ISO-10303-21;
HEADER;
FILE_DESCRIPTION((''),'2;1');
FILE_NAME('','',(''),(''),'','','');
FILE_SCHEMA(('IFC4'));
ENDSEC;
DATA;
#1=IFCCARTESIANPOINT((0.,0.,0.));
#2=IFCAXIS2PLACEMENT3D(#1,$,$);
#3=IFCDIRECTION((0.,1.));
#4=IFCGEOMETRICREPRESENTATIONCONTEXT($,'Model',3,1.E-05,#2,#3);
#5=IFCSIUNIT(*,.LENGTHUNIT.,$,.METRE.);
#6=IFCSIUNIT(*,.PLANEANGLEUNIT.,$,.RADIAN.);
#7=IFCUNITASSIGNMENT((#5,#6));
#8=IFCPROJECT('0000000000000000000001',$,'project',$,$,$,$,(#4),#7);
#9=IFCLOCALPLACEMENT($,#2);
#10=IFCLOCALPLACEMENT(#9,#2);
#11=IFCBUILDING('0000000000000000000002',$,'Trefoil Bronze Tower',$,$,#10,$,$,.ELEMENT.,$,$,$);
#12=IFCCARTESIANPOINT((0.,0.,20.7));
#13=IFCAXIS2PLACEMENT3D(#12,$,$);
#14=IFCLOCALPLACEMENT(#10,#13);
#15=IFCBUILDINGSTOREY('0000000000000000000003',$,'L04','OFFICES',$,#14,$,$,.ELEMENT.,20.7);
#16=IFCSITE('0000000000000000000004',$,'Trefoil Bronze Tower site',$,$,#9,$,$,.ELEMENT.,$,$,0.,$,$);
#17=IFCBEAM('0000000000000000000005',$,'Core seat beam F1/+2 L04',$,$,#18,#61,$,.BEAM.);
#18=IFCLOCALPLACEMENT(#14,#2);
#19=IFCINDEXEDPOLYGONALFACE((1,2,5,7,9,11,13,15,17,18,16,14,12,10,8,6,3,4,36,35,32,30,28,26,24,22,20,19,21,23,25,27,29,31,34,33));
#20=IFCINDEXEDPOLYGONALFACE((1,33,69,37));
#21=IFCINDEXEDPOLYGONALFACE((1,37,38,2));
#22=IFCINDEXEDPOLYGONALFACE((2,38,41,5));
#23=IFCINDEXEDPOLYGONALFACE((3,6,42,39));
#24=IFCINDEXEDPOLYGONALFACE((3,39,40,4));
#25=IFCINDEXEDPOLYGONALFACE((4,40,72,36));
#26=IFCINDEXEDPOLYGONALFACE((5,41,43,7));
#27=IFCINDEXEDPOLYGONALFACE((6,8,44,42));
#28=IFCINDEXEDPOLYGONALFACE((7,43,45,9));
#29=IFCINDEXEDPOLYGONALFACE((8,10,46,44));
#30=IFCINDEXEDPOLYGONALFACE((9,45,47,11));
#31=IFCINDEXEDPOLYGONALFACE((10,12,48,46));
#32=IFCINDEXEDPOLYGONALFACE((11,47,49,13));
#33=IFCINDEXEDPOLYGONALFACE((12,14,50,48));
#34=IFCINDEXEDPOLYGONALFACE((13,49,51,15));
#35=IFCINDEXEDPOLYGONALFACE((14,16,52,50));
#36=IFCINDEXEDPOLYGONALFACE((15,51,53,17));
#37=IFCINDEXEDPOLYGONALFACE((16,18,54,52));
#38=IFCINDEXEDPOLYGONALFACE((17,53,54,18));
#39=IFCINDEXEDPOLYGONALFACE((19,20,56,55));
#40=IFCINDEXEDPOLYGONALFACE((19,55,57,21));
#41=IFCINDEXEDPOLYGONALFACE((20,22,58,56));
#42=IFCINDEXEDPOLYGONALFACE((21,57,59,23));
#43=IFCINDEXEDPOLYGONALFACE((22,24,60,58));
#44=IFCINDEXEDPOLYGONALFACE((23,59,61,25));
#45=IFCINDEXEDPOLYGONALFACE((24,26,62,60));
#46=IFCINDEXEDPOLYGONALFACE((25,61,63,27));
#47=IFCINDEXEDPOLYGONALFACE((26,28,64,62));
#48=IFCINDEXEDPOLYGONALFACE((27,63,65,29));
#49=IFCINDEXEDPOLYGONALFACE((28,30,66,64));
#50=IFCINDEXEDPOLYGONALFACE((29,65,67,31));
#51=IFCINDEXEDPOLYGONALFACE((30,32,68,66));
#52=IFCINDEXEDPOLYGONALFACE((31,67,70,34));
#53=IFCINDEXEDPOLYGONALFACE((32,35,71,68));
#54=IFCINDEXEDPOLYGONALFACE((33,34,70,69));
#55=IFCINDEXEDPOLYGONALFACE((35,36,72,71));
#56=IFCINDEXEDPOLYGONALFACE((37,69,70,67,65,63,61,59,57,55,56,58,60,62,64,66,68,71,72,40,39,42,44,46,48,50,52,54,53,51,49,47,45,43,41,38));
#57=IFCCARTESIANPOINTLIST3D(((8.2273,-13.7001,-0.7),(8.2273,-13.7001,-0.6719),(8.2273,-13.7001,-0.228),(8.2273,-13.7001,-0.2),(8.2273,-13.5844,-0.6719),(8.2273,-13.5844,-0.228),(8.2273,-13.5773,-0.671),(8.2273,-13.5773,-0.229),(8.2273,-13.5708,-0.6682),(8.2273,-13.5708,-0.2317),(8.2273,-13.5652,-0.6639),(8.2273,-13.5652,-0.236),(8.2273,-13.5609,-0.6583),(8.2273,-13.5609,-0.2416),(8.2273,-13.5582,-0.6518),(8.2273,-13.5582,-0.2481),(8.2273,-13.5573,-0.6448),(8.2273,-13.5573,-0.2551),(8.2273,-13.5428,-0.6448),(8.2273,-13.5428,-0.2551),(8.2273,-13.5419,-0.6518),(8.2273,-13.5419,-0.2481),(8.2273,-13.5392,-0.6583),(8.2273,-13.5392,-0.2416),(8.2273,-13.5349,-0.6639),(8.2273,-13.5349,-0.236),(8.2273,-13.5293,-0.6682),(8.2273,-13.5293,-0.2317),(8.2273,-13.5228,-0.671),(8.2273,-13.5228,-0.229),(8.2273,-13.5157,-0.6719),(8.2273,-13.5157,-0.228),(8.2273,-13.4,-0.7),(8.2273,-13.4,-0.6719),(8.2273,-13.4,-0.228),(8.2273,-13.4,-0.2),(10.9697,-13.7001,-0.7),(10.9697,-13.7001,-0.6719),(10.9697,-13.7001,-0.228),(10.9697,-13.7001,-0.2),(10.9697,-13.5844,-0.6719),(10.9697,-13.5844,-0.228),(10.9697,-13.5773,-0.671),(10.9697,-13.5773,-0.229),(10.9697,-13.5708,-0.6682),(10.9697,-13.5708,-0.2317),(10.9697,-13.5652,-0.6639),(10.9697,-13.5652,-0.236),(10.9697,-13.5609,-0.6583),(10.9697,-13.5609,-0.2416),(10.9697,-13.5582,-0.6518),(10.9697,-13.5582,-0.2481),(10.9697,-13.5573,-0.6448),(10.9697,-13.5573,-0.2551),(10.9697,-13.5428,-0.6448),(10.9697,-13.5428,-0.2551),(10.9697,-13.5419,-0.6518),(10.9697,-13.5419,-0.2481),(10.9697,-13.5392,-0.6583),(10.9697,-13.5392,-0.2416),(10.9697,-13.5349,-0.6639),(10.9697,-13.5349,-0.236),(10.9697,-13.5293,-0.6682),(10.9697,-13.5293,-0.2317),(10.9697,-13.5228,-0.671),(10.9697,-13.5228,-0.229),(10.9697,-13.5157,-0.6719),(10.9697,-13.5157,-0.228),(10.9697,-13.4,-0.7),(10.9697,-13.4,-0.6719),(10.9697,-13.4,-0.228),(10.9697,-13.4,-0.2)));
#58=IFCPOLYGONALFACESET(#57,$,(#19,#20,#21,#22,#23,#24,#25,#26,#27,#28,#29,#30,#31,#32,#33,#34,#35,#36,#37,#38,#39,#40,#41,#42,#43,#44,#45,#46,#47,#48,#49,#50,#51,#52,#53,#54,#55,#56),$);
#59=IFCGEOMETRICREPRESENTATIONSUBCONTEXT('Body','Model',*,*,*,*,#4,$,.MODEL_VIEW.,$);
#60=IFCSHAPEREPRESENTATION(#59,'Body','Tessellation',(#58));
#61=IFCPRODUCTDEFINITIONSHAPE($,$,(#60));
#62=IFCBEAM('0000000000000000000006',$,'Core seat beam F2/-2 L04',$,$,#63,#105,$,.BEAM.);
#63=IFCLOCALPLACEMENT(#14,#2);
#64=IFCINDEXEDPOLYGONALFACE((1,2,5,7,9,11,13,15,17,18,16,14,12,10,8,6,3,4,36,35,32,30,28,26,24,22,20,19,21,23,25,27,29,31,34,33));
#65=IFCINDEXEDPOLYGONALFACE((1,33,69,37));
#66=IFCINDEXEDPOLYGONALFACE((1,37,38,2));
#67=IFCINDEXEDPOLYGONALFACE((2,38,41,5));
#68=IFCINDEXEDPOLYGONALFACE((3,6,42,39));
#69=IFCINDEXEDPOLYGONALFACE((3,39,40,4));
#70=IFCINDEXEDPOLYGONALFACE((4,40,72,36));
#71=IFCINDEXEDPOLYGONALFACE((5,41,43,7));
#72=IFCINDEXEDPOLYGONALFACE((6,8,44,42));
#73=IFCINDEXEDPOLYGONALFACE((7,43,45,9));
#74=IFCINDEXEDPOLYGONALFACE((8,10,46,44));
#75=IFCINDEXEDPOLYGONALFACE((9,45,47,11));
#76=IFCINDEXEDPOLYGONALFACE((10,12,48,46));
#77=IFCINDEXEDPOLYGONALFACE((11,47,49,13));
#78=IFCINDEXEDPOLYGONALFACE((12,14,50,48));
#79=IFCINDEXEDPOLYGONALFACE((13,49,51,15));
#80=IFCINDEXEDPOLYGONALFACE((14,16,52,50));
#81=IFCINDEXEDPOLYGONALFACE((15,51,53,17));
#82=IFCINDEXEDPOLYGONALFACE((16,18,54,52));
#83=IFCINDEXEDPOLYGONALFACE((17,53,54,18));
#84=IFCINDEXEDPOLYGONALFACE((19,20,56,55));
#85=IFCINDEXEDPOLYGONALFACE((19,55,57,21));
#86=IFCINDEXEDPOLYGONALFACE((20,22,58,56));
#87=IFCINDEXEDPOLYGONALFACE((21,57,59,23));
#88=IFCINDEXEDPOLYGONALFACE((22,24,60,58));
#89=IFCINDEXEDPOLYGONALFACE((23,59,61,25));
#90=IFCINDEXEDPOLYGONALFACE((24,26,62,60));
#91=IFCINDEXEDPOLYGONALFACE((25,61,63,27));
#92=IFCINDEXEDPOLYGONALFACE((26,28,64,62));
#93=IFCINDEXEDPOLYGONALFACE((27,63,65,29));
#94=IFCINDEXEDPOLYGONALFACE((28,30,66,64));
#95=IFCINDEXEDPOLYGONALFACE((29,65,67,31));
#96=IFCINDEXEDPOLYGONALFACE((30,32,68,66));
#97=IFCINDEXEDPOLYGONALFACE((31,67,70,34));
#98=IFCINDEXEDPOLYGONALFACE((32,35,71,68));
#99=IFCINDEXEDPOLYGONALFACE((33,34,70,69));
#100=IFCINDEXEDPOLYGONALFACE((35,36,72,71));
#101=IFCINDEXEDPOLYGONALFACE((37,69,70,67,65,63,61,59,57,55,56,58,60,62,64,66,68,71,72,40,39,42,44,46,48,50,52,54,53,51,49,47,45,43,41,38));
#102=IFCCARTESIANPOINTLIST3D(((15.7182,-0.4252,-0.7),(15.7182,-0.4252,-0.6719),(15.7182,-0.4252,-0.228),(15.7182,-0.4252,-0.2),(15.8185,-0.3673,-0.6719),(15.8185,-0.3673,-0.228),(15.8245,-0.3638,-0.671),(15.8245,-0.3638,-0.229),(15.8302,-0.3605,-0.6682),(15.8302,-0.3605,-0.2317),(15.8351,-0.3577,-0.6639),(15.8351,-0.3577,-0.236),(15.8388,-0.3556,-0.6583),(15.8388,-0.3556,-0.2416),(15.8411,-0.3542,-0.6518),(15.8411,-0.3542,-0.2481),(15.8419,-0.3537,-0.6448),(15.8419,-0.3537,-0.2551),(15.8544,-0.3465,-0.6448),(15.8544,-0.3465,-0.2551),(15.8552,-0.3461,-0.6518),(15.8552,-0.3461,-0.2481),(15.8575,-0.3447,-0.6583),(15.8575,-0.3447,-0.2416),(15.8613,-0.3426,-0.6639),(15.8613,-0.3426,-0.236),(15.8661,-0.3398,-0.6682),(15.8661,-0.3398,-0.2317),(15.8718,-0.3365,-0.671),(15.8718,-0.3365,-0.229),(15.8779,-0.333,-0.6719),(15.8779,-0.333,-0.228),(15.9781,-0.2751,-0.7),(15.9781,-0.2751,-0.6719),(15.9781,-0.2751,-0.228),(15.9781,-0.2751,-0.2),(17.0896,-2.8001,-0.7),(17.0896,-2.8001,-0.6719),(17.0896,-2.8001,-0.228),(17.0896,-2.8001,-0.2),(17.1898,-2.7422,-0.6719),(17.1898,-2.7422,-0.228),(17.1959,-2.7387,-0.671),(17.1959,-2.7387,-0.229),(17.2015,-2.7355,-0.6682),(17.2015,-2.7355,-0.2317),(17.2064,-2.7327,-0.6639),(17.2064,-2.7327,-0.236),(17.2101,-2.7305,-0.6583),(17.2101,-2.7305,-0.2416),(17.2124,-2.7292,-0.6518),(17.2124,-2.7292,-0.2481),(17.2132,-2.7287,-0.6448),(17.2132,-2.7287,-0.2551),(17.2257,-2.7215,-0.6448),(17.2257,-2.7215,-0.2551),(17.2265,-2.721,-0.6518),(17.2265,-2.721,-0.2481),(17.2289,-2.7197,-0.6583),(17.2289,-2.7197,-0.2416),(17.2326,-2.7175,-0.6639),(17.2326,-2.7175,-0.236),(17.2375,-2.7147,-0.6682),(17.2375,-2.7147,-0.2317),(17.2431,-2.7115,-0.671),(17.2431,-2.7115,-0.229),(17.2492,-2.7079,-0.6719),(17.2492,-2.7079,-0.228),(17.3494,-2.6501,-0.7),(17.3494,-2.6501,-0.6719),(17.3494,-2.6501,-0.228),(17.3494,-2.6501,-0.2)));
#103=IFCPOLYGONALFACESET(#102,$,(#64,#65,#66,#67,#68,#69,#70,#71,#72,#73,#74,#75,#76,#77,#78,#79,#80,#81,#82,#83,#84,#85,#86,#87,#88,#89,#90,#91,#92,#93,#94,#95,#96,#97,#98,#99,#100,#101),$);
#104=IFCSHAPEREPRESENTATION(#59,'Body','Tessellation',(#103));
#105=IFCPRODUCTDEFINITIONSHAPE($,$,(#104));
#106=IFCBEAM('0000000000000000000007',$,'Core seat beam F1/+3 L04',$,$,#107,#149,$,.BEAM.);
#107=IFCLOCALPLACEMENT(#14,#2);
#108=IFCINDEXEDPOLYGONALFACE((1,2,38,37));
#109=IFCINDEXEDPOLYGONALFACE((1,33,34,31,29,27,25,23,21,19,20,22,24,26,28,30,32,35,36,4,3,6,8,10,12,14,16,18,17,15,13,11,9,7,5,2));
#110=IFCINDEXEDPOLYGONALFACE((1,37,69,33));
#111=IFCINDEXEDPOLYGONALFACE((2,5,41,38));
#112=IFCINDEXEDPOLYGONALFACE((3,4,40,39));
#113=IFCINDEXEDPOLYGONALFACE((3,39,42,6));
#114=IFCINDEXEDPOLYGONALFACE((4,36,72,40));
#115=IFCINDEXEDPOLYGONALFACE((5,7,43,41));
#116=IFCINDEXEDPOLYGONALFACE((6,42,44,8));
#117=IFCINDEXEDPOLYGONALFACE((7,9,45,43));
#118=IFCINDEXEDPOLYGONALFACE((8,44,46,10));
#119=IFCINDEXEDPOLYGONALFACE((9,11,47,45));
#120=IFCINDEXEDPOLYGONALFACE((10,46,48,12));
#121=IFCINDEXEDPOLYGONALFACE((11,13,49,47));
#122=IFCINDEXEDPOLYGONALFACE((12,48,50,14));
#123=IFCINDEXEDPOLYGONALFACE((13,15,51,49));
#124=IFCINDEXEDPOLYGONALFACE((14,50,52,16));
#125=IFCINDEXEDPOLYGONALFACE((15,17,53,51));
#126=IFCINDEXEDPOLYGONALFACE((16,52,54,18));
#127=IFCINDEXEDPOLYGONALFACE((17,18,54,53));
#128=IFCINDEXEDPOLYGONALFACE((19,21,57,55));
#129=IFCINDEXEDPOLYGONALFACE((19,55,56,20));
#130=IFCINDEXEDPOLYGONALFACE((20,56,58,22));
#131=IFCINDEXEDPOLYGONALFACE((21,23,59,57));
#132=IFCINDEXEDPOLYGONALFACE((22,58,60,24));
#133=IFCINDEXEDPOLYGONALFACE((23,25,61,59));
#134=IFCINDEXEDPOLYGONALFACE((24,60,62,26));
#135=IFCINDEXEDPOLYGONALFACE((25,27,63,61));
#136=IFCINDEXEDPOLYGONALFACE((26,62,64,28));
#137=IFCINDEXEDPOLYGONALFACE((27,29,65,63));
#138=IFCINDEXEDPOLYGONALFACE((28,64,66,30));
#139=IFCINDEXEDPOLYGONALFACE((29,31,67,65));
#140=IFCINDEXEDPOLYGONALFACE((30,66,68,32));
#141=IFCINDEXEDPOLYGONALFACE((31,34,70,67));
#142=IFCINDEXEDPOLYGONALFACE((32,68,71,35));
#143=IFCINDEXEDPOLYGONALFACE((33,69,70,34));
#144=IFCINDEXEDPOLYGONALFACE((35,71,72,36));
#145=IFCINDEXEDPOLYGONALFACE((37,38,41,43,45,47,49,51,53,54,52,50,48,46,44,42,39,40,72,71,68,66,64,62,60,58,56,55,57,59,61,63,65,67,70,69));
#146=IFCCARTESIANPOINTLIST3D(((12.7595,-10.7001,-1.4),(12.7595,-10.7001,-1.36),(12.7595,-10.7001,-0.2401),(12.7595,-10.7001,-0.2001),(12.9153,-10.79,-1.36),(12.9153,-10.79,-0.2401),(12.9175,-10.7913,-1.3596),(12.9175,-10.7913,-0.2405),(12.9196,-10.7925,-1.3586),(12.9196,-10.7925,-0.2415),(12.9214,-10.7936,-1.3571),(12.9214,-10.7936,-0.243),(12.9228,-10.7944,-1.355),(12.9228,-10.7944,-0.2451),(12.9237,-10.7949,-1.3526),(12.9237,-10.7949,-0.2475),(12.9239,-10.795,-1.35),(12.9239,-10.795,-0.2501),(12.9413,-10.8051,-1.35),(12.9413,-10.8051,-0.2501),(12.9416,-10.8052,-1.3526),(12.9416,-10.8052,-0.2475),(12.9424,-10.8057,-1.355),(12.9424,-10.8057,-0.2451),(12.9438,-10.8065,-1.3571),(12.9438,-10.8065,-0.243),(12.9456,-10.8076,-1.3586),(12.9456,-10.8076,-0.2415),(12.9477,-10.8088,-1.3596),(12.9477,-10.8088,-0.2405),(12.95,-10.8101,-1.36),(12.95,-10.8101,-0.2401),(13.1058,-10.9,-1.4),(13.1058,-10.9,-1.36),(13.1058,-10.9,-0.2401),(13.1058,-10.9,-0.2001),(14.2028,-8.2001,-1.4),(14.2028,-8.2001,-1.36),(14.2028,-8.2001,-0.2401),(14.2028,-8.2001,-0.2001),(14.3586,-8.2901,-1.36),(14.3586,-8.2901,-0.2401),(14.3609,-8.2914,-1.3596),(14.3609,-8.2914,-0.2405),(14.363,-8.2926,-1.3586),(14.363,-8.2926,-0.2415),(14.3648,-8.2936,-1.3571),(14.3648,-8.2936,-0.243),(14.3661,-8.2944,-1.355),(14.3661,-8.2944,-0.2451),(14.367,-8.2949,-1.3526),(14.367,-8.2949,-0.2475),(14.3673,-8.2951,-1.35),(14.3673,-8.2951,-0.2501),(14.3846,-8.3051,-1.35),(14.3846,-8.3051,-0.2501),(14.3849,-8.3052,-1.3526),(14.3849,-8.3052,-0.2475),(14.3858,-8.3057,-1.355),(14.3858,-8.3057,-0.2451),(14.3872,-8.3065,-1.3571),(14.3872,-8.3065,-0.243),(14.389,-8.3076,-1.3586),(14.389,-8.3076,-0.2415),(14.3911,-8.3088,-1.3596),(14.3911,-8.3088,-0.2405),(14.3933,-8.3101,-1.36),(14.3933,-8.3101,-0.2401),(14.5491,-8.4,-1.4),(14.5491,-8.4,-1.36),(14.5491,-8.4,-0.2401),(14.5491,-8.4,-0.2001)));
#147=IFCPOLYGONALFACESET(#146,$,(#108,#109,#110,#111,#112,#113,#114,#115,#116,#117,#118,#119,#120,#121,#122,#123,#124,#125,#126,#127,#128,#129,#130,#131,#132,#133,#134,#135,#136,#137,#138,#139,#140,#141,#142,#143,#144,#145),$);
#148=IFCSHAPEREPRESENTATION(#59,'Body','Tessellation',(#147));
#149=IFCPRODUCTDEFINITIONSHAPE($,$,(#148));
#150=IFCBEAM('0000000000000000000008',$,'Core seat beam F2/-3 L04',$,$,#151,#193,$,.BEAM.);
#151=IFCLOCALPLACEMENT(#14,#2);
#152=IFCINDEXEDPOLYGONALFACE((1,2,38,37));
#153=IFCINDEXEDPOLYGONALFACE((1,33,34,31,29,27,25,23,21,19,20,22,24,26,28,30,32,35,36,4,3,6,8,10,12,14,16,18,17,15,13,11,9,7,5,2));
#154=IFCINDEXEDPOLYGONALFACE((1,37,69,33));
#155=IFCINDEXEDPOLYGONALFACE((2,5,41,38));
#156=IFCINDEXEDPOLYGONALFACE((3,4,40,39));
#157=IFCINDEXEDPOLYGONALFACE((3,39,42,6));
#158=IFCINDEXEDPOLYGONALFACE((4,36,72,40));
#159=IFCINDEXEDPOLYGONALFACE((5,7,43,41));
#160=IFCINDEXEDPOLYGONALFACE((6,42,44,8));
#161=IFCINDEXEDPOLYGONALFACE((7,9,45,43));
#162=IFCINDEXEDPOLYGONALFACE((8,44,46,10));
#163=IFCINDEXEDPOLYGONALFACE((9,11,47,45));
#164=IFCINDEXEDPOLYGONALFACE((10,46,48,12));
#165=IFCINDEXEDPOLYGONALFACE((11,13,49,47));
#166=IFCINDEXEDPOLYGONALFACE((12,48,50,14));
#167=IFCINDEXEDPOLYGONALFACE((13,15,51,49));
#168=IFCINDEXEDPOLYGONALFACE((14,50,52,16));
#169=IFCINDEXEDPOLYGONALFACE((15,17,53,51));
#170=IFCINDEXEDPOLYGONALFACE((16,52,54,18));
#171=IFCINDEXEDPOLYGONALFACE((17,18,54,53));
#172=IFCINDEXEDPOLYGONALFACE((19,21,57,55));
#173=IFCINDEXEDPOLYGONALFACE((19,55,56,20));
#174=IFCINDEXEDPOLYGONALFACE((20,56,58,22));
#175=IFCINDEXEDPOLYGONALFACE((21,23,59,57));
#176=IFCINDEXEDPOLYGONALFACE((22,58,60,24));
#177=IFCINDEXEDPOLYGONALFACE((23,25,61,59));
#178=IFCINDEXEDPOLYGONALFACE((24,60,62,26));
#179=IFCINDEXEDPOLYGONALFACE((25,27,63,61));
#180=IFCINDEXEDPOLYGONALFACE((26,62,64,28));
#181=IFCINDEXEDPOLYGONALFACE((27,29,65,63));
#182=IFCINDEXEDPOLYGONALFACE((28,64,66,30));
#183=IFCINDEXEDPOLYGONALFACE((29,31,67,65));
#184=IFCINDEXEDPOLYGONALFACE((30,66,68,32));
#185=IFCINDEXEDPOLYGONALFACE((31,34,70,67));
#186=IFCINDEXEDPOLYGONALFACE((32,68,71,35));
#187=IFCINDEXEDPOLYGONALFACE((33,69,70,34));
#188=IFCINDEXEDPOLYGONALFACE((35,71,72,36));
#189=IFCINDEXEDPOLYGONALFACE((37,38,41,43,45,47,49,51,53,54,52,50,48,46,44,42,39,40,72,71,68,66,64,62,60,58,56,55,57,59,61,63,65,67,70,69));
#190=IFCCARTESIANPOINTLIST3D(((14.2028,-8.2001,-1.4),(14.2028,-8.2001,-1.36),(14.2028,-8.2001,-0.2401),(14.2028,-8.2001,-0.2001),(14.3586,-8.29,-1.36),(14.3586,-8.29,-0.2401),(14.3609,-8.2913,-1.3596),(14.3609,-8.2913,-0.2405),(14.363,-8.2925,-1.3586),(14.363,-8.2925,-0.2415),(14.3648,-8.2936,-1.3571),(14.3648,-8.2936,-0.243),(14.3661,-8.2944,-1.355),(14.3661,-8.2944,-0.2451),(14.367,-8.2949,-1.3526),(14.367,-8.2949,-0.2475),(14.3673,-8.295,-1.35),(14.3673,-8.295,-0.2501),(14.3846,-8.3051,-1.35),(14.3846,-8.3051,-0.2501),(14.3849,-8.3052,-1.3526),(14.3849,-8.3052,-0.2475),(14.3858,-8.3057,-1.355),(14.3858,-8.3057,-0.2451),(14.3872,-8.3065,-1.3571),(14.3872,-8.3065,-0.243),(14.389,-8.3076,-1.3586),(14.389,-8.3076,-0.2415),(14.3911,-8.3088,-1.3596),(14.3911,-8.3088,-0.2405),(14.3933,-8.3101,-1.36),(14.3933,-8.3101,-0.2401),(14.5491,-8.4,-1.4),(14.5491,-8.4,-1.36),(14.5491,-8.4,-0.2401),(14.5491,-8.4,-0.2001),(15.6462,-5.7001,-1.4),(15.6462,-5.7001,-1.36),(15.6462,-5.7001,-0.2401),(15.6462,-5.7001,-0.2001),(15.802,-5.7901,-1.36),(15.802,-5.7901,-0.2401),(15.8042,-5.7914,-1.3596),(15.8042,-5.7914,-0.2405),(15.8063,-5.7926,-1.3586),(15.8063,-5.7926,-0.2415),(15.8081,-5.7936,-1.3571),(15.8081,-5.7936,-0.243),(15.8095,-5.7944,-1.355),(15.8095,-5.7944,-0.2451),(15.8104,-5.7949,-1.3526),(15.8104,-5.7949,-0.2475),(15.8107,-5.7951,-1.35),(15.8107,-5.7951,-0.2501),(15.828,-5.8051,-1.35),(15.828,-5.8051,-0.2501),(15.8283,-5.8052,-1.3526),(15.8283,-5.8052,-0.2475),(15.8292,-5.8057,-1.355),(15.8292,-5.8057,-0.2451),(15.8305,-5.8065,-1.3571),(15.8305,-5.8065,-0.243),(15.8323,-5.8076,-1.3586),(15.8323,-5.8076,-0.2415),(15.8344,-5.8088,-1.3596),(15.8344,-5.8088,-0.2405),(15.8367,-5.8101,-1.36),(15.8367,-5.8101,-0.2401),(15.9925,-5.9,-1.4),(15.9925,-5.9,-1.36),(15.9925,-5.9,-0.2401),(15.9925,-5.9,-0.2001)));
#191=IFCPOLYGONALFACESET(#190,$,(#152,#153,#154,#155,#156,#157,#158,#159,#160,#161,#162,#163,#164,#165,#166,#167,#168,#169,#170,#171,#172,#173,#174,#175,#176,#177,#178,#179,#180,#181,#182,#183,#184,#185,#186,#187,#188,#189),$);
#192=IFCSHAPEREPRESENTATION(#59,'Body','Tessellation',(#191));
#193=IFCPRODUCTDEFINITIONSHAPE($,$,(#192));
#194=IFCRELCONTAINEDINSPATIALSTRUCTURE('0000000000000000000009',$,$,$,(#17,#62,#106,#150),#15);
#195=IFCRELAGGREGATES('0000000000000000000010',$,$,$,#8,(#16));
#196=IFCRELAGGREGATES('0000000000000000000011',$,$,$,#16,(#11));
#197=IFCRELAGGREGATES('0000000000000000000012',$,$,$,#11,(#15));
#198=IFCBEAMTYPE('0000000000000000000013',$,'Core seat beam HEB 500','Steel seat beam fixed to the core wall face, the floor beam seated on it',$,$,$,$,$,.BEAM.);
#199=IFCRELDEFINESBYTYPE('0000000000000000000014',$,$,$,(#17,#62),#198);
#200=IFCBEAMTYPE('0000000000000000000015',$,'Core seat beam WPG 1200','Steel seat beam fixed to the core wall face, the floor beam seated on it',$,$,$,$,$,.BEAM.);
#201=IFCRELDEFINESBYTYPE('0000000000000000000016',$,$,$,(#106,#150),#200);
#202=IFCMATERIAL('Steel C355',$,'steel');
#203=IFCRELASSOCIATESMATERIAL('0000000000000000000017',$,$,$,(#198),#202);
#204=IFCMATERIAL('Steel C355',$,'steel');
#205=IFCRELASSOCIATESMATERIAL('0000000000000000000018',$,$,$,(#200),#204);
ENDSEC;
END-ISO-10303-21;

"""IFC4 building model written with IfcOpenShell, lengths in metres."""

from ifc_helpers import new_model, si_unit, direction, frame, origin, origin_2d, place, context, subcontext, project, spatial, i_section, extrude, material, material_profile, profile_set, type_object, element, save


model = new_model("IFC4")

# Units and contexts
model_context = context("Model", 3, precision=1e-05, world=origin(), true_north=direction((0.0, 1.0)))
body_context = subcontext(model_context, "Body", "Model", "MODEL_VIEW")
ifc_project = project(units=[si_unit("LENGTHUNIT", "METRE"), si_unit("PLANEANGLEUNIT", "RADIAN")], contexts=[model_context])

# Site, building, storey
site_placement = place(None, origin())
site = spatial("IfcSite", under=ifc_project, at=site_placement, Name="Trefoil Bronze Tower site", CompositionType="ELEMENT", RefElevation=0.0)
building_placement = place(site_placement, origin())
building = spatial("IfcBuilding", under=site, at=building_placement, Name="Trefoil Bronze Tower", CompositionType="ELEMENT")
storey_placement = place(building_placement, frame((0.0, 0.0, 20.7)))
storey = spatial("IfcBuildingStorey", under=building, at=storey_placement, Name="L04", Description="OFFICES", CompositionType="ELEMENT", Elevation=20.7)

# Beams
ifc_material_1 = material(Name="Steel C355", Category="steel")
ifc_material_profile_1 = material_profile(ifc_material_1, i_section(OverallWidth=0.3, OverallDepth=0.5, WebThickness=0.0144, FlangeThickness=0.0281, FilletRadius=0.0271, at=origin_2d()), Name="HEB 500")
ifc_profile_set_1 = profile_set([ifc_material_profile_1], Name="Steel C355")
beam_type_1 = type_object("IfcBeamType", Name="Core seat beam HEB 500", Description="Steel seat beam fixed to the core wall face, the floor beam seated on it", PredefinedType="BEAM", material=ifc_profile_set_1)
for number, where, z_axis, x_axis, name in (
    (1, (8.2273, -13.55, -0.45), (1.0, 0.0, 0.0), (0.0, 1.0, 0.0), "Core seat beam F1/+2 L04"),
    (2, (17.2195, -2.7251, -0.45), (-0.500036, 0.866005, 0.0), (-0.866005, -0.500036, 0.0), "Core seat beam F2/-2 L04"),
):
    element("IfcBeam", number, at=place(storey_placement, frame(where, z_axis=z_axis, x_axis=x_axis)), inside=storey, type_object=beam_type_1, Name=name, PredefinedType="BEAM", context=body_context, shape_type="SweptSolid", body=[
        extrude(i_section(OverallWidth=0.3, OverallDepth=0.5, WebThickness=0.0144, FlangeThickness=0.0281, FilletRadius=0.0271, at=origin_2d()), origin(), (0.0, 0.0, 1.0), 2.7424),
    ])
ifc_material_2 = material(Name="Steel C355", Category="steel")
ifc_material_profile_2 = material_profile(ifc_material_2, i_section(OverallWidth=0.3999, OverallDepth=1.2, WebThickness=0.02, FlangeThickness=0.04, FilletRadius=0.01, at=origin_2d()), Name="WPG 1200")
ifc_profile_set_2 = profile_set([ifc_material_profile_2], Name="Steel C355")
beam_type_2 = type_object("IfcBeamType", Name="Core seat beam WPG 1200", Description="Steel seat beam fixed to the core wall face, the floor beam seated on it", PredefinedType="BEAM", material=ifc_profile_set_2)
for number, where, z_axis, x_axis, name in (
    (3, (12.9326, -10.8, -0.8), (0.499996, 0.866028, 0.0), (-0.866028, 0.499996, 0.0), "Core seat beam F1/+3 L04"),
    (4, (14.376, -8.3, -0.8), (0.499996, 0.866028, 0.0), (-0.866028, 0.499996, 0.0), "Core seat beam F2/-3 L04"),
):
    element("IfcBeam", number, at=place(storey_placement, frame(where, z_axis=z_axis, x_axis=x_axis)), inside=storey, type_object=beam_type_2, Name=name, PredefinedType="BEAM", context=body_context, shape_type="SweptSolid", body=[
        extrude(i_section(OverallWidth=0.3999, OverallDepth=1.2, WebThickness=0.02, FlangeThickness=0.04, FilletRadius=0.01, at=origin_2d()), origin(), (0.0, 0.0, 1.0), 2.8867),
    ])

save(model, "model.ifc")
